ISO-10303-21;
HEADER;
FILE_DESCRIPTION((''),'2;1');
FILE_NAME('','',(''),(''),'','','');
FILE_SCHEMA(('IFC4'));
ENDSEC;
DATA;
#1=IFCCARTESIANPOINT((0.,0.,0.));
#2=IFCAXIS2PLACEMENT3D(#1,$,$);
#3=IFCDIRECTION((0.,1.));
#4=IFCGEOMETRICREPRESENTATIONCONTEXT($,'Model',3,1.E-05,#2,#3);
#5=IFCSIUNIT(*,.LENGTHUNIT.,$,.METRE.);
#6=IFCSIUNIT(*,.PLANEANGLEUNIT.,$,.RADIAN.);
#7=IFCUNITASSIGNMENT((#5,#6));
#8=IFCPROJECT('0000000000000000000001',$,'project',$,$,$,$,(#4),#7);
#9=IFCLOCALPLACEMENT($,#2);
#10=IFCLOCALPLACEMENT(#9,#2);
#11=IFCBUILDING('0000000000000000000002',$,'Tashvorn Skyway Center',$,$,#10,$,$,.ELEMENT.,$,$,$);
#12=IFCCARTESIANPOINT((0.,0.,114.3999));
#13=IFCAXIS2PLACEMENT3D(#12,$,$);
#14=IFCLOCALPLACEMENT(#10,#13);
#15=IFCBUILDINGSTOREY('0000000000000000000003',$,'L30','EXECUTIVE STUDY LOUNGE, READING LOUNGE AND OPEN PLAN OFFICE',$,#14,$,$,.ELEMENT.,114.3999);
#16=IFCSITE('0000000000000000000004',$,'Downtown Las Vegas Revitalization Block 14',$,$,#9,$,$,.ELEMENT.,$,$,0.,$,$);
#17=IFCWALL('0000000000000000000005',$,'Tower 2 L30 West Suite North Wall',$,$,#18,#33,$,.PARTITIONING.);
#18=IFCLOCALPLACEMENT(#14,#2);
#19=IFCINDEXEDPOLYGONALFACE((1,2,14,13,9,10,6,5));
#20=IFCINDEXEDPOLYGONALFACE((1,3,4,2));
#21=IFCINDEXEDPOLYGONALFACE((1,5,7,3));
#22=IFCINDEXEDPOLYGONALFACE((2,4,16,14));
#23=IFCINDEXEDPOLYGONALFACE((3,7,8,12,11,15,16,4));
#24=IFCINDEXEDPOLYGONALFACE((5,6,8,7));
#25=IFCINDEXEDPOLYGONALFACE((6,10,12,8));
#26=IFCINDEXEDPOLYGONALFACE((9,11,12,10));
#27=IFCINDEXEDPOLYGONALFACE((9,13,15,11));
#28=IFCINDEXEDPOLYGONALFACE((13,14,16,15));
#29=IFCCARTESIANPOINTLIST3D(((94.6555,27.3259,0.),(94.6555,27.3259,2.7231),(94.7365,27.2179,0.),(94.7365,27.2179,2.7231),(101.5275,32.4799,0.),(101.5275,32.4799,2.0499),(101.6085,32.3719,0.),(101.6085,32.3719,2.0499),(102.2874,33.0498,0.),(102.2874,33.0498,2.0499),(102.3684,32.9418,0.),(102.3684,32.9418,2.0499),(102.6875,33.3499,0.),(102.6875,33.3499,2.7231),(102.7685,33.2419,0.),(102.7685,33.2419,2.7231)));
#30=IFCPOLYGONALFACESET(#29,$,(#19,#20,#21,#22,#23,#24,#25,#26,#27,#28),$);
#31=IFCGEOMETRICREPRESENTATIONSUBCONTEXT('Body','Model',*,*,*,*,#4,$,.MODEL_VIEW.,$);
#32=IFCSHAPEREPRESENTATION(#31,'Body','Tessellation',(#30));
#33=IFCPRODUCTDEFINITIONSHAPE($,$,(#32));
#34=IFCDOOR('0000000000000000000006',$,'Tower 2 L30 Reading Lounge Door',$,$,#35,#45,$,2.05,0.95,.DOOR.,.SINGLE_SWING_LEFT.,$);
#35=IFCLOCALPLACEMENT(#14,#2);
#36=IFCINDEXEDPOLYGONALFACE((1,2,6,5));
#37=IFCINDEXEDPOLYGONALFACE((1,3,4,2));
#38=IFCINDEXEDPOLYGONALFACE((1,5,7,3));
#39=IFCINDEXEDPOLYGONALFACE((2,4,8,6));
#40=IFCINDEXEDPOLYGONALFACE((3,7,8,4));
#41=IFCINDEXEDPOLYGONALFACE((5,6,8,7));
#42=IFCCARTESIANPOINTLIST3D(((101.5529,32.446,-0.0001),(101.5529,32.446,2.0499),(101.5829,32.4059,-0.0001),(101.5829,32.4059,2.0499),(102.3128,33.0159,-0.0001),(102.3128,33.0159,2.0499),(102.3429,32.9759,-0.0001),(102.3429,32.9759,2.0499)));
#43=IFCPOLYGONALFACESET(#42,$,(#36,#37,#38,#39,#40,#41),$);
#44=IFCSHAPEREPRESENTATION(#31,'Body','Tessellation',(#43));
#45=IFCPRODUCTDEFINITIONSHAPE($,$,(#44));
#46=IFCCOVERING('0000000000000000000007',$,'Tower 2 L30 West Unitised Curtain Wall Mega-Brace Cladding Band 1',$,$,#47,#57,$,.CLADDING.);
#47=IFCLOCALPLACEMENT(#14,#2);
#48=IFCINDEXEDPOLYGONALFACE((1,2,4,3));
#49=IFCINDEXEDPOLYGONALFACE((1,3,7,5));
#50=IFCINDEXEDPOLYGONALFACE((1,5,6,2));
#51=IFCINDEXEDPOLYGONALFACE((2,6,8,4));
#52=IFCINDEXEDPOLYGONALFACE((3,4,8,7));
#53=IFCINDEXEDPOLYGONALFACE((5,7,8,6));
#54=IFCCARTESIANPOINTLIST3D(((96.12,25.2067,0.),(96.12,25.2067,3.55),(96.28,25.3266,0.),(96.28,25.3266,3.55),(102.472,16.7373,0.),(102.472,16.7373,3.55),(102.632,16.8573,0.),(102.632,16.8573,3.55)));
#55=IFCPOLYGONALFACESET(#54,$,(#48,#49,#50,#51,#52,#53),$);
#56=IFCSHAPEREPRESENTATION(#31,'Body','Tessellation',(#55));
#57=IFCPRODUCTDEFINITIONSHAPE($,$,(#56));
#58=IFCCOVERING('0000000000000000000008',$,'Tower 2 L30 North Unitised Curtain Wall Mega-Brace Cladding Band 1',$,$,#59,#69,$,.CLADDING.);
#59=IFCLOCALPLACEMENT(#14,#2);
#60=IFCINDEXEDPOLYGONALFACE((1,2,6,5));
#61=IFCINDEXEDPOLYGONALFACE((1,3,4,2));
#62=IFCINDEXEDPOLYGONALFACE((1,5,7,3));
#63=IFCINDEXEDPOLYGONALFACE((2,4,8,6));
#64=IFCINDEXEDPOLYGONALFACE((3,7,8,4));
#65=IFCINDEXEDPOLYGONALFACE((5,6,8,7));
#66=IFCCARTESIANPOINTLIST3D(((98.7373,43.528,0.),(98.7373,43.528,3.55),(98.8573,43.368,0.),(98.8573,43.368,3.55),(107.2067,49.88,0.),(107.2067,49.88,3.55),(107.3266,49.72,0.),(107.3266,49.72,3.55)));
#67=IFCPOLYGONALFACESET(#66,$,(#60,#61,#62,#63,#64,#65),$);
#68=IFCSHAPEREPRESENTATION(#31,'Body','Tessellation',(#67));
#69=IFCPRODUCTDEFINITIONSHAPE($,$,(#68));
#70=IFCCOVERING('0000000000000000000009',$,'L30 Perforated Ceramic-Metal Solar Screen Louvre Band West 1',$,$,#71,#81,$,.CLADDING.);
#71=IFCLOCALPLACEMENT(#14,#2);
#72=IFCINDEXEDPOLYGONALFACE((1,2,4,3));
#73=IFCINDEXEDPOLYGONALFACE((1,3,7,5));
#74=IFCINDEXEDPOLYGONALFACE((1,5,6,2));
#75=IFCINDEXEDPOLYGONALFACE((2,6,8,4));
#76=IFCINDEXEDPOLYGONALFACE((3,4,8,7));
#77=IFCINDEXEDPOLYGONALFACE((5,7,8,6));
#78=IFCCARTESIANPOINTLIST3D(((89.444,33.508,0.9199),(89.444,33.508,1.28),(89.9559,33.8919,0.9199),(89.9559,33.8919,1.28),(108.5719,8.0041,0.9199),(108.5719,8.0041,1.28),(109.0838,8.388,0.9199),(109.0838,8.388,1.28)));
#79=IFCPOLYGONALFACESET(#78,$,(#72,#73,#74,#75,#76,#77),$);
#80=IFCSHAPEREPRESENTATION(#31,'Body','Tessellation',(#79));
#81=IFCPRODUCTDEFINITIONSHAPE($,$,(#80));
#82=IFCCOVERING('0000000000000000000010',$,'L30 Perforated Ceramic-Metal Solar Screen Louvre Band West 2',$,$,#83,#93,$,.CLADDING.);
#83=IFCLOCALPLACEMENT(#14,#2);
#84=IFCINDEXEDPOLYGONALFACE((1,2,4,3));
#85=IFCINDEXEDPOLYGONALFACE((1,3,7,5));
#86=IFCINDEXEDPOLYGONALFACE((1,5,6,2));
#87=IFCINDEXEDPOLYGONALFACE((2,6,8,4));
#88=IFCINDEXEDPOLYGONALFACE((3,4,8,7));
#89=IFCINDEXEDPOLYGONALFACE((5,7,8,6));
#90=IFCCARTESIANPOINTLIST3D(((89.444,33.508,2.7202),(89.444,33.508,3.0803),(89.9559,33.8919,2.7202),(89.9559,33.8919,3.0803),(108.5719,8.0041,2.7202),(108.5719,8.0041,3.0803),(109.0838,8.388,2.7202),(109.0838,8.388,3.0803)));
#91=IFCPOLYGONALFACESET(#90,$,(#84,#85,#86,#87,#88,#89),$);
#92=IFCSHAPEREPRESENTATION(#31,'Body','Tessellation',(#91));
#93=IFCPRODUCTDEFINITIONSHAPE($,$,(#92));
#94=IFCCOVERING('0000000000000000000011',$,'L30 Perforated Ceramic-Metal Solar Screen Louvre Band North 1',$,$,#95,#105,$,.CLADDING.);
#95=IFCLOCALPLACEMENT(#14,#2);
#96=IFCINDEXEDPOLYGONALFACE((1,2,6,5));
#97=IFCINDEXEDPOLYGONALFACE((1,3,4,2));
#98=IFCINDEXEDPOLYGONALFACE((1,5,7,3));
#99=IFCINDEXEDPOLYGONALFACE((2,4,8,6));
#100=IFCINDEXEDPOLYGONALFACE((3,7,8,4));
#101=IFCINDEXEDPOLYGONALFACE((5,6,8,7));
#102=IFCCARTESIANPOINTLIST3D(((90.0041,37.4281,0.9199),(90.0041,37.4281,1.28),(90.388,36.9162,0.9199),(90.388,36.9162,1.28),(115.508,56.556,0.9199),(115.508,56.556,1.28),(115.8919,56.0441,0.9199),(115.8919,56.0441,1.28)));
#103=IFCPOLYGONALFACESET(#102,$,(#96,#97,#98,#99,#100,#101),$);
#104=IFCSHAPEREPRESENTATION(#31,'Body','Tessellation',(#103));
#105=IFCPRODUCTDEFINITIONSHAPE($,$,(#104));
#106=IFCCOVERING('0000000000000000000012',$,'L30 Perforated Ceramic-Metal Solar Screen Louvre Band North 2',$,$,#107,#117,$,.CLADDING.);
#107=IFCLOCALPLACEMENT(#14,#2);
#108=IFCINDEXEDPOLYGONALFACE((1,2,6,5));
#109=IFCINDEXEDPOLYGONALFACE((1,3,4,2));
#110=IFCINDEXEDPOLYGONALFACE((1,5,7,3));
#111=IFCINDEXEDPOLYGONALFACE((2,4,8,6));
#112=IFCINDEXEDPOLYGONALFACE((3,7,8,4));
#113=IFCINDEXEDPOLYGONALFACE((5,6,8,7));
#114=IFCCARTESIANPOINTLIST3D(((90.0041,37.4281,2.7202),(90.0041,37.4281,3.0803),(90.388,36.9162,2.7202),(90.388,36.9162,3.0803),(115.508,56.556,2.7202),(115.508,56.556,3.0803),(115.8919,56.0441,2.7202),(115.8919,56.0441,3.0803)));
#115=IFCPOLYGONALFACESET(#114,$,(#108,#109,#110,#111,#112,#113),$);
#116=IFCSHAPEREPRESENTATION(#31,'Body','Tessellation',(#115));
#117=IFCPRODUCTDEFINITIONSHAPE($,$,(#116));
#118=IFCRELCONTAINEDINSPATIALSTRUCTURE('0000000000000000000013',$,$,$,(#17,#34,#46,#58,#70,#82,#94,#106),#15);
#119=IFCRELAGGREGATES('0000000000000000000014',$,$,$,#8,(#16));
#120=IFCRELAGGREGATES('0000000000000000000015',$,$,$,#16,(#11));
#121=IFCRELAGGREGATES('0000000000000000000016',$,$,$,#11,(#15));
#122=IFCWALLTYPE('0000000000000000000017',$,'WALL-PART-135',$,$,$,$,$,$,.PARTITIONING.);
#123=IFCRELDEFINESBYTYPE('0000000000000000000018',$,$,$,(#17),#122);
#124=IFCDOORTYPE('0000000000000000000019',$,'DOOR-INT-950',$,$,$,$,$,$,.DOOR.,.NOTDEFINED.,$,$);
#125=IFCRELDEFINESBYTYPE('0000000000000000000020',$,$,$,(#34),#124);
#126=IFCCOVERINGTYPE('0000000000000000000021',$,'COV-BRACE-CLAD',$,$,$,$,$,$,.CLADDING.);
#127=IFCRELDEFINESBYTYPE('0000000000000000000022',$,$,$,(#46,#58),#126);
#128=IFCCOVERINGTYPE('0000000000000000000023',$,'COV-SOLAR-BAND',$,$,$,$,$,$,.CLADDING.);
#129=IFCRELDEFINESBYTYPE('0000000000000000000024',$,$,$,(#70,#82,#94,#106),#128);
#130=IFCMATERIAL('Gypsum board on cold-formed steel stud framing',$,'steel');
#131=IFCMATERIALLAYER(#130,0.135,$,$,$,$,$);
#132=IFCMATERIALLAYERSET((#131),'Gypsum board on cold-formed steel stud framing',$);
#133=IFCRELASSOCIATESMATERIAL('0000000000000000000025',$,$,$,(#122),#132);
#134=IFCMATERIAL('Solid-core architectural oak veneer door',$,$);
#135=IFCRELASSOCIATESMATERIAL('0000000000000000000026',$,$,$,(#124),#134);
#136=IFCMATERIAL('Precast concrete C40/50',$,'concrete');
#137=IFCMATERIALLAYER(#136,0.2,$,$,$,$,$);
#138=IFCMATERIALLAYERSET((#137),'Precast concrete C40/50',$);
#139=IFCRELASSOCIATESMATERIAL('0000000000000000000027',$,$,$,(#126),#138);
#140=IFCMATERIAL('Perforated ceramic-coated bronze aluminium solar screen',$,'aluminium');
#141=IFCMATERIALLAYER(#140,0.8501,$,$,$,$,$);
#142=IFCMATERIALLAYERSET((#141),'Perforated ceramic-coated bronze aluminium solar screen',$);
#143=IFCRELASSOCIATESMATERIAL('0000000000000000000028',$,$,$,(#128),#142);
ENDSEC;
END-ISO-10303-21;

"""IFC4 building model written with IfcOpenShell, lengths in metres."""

from ifc_helpers import new_model, si_unit, direction, frame, frame_2d, origin, origin_2d, place, context, subcontext, project, spatial, rectangle, extrude, material, layer, layer_set, type_object, element, fill, save


model = new_model("IFC4")

# Units and contexts
model_context = context("Model", 3, precision=1e-05, world=origin(), true_north=direction((0.0, 1.0)))
body_context = subcontext(model_context, "Body", "Model", "MODEL_VIEW")
ifc_project = project(units=[si_unit("LENGTHUNIT", "METRE"), si_unit("PLANEANGLEUNIT", "RADIAN")], contexts=[model_context])

# Site, building, storey
site_placement = place(None, origin())
site = spatial("IfcSite", under=ifc_project, at=site_placement, Name="Downtown Las Vegas Revitalization Block 14", CompositionType="ELEMENT", RefElevation=0.0)
building_placement = place(site_placement, origin())
building = spatial("IfcBuilding", under=site, at=building_placement, Name="Tashvorn Skyway Center", CompositionType="ELEMENT")
storey_placement = place(building_placement, frame((0.0, 0.0, 114.3999)))
storey = spatial("IfcBuildingStorey", under=building, at=storey_placement, Name="L30", Description="EXECUTIVE STUDY LOUNGE, READING LOUNGE AND OPEN PLAN OFFICE", CompositionType="ELEMENT", Elevation=114.3999)

# Shared definitions
ifc_material_1 = material(Name="Gypsum board on cold-formed steel stud framing", Category="steel")

# Wall, opening, door
ifc_layer_1 = layer(ifc_material_1, 0.135)
ifc_layer_set_1 = layer_set([ifc_layer_1], Name="Gypsum board on cold-formed steel stud framing")
wall_type_1 = type_object("IfcWallType", Name="WALL-PART-135", PredefinedType="PARTITIONING", material=ifc_layer_set_1)
wall_1_placement = place(storey_placement, frame((102.728, 33.2959, 0.0), z_axis=(0.0, 0.0, 1.0), x_axis=(-0.800003, -0.599996, 0.0)))
wall_1 = element("IfcWall", 1, at=wall_1_placement, inside=storey, type_object=wall_type_1, Name="Tower 2 L30 West Suite North Wall", PredefinedType="PARTITIONING", context=body_context, shape_type="SweptSolid", body=[
    extrude(rectangle(XDim=10.04, YDim=0.135, at=frame_2d((5.02, 0.0))), origin(), (0.0, 0.0, 1.0), 2.7231),
])
opening_1_placement = place(wall_1_placement, frame((0.5, 0.0, 0.0)))
opening_1 = element("IfcOpeningElement", 2, at=opening_1_placement, cuts=wall_1, PredefinedType="OPENING", context=body_context, shape_type="SweptSolid", body=[
    extrude(rectangle(XDim=0.95, YDim=2.05, at=frame_2d((0.4751, 1.0249))), frame((0.0, 0.0774, 0.0), z_axis=(0.0, -1.0, 0.0), x_axis=(1.0, 0.0, 0.0)), (0.0, 0.0, 1.0), 0.155),
])
ifc_material_2 = material(Name="Solid-core architectural oak veneer door")
door_type_1 = type_object("IfcDoorType", Name="DOOR-INT-950", OperationType="NOTDEFINED", PredefinedType="DOOR", material=ifc_material_2)
door_1_placement = place(opening_1_placement, origin())
door_1 = element("IfcDoor", 3, at=door_1_placement, inside=storey, type_object=door_type_1, Name="Tower 2 L30 Reading Lounge Door", OperationType="SINGLE_SWING_LEFT", OverallHeight=2.05, OverallWidth=0.95, PredefinedType="DOOR", context=body_context, shape_type="SweptSolid", body=[
    extrude(rectangle(XDim=0.95, YDim=2.05, at=frame_2d((0.4751, 1.0249))), frame((0.0, 0.0249, 0.0), z_axis=(0.0, -1.0, 0.0), x_axis=(1.0, 0.0, 0.0)), (0.0, 0.0, 1.0), 0.05),
])
fill(opening_1, door_1)

# Coverings
ifc_material_3 = material(Name="Precast concrete C40/50", Category="concrete")
ifc_layer_2 = layer(ifc_material_3, 0.2)
ifc_layer_set_2 = layer_set([ifc_layer_2], Name="Precast concrete C40/50")
covering_type_1 = type_object("IfcCoveringType", Name="COV-BRACE-CLAD", PredefinedType="CLADDING", material=ifc_layer_set_2)
for number, where, z_axis, x_axis, name in (
    (4, (99.376, 21.032, 0.0), (0.0, 0.0, 1.0), (-0.6, 0.8, 0.0), "Tower 2 L30 West Unitised Curtain Wall Mega-Brace Cladding Band 1"),
    (5, (103.032, 46.624, 0.0), (0.0, 0.0, 1.0), (0.8, 0.6, 0.0), "Tower 2 L30 North Unitised Curtain Wall Mega-Brace Cladding Band 1"),
):
    element("IfcCovering", number, at=place(storey_placement, frame(where, z_axis=z_axis, x_axis=x_axis)), inside=storey, type_object=covering_type_1, Name=name, PredefinedType="CLADDING", context=body_context, shape_type="SweptSolid", body=[
        extrude(rectangle(XDim=10.5867, YDim=0.2, at=origin_2d()), origin(), (0.0, 0.0, 1.0), 3.55),
    ])
ifc_material_4 = material(Name="Perforated ceramic-coated bronze aluminium solar screen", Category="aluminium")
ifc_layer_3 = layer(ifc_material_4, 0.8501)
ifc_layer_set_3 = layer_set([ifc_layer_3], Name="Perforated ceramic-coated bronze aluminium solar screen")
covering_type_2 = type_object("IfcCoveringType", Name="COV-SOLAR-BAND", PredefinedType="CLADDING", material=ifc_layer_set_3)
for number, where, z_axis, x_axis, name in (
    (6, (99.2639, 20.948, 0.9199), (0.0, 0.0, 1.0), (-0.6, 0.8, 0.0), "L30 Perforated Ceramic-Metal Solar Screen Louvre Band West 1"),
    (7, (99.2639, 20.948, 2.7202), (0.0, 0.0, 1.0), (-0.6, 0.8, 0.0), "L30 Perforated Ceramic-Metal Solar Screen Louvre Band West 2"),
    (8, (102.948, 46.7361, 0.9199), (0.0, 0.0, 1.0), (0.8, 0.6, 0.0), "L30 Perforated Ceramic-Metal Solar Screen Louvre Band North 1"),
    (9, (102.948, 46.7361, 2.7202), (0.0, 0.0, 1.0), (0.8, 0.6, 0.0), "L30 Perforated Ceramic-Metal Solar Screen Louvre Band North 2"),
):
    element("IfcCovering", number, at=place(storey_placement, frame(where, z_axis=z_axis, x_axis=x_axis)), inside=storey, type_object=covering_type_2, Name=name, PredefinedType="CLADDING", context=body_context, shape_type="SweptSolid", body=[
        extrude(rectangle(XDim=31.8799, YDim=0.6399, at=origin_2d()), origin(), (0.0, 0.0, 1.0), 0.3601),
    ])

save(model, "model.ifc")
